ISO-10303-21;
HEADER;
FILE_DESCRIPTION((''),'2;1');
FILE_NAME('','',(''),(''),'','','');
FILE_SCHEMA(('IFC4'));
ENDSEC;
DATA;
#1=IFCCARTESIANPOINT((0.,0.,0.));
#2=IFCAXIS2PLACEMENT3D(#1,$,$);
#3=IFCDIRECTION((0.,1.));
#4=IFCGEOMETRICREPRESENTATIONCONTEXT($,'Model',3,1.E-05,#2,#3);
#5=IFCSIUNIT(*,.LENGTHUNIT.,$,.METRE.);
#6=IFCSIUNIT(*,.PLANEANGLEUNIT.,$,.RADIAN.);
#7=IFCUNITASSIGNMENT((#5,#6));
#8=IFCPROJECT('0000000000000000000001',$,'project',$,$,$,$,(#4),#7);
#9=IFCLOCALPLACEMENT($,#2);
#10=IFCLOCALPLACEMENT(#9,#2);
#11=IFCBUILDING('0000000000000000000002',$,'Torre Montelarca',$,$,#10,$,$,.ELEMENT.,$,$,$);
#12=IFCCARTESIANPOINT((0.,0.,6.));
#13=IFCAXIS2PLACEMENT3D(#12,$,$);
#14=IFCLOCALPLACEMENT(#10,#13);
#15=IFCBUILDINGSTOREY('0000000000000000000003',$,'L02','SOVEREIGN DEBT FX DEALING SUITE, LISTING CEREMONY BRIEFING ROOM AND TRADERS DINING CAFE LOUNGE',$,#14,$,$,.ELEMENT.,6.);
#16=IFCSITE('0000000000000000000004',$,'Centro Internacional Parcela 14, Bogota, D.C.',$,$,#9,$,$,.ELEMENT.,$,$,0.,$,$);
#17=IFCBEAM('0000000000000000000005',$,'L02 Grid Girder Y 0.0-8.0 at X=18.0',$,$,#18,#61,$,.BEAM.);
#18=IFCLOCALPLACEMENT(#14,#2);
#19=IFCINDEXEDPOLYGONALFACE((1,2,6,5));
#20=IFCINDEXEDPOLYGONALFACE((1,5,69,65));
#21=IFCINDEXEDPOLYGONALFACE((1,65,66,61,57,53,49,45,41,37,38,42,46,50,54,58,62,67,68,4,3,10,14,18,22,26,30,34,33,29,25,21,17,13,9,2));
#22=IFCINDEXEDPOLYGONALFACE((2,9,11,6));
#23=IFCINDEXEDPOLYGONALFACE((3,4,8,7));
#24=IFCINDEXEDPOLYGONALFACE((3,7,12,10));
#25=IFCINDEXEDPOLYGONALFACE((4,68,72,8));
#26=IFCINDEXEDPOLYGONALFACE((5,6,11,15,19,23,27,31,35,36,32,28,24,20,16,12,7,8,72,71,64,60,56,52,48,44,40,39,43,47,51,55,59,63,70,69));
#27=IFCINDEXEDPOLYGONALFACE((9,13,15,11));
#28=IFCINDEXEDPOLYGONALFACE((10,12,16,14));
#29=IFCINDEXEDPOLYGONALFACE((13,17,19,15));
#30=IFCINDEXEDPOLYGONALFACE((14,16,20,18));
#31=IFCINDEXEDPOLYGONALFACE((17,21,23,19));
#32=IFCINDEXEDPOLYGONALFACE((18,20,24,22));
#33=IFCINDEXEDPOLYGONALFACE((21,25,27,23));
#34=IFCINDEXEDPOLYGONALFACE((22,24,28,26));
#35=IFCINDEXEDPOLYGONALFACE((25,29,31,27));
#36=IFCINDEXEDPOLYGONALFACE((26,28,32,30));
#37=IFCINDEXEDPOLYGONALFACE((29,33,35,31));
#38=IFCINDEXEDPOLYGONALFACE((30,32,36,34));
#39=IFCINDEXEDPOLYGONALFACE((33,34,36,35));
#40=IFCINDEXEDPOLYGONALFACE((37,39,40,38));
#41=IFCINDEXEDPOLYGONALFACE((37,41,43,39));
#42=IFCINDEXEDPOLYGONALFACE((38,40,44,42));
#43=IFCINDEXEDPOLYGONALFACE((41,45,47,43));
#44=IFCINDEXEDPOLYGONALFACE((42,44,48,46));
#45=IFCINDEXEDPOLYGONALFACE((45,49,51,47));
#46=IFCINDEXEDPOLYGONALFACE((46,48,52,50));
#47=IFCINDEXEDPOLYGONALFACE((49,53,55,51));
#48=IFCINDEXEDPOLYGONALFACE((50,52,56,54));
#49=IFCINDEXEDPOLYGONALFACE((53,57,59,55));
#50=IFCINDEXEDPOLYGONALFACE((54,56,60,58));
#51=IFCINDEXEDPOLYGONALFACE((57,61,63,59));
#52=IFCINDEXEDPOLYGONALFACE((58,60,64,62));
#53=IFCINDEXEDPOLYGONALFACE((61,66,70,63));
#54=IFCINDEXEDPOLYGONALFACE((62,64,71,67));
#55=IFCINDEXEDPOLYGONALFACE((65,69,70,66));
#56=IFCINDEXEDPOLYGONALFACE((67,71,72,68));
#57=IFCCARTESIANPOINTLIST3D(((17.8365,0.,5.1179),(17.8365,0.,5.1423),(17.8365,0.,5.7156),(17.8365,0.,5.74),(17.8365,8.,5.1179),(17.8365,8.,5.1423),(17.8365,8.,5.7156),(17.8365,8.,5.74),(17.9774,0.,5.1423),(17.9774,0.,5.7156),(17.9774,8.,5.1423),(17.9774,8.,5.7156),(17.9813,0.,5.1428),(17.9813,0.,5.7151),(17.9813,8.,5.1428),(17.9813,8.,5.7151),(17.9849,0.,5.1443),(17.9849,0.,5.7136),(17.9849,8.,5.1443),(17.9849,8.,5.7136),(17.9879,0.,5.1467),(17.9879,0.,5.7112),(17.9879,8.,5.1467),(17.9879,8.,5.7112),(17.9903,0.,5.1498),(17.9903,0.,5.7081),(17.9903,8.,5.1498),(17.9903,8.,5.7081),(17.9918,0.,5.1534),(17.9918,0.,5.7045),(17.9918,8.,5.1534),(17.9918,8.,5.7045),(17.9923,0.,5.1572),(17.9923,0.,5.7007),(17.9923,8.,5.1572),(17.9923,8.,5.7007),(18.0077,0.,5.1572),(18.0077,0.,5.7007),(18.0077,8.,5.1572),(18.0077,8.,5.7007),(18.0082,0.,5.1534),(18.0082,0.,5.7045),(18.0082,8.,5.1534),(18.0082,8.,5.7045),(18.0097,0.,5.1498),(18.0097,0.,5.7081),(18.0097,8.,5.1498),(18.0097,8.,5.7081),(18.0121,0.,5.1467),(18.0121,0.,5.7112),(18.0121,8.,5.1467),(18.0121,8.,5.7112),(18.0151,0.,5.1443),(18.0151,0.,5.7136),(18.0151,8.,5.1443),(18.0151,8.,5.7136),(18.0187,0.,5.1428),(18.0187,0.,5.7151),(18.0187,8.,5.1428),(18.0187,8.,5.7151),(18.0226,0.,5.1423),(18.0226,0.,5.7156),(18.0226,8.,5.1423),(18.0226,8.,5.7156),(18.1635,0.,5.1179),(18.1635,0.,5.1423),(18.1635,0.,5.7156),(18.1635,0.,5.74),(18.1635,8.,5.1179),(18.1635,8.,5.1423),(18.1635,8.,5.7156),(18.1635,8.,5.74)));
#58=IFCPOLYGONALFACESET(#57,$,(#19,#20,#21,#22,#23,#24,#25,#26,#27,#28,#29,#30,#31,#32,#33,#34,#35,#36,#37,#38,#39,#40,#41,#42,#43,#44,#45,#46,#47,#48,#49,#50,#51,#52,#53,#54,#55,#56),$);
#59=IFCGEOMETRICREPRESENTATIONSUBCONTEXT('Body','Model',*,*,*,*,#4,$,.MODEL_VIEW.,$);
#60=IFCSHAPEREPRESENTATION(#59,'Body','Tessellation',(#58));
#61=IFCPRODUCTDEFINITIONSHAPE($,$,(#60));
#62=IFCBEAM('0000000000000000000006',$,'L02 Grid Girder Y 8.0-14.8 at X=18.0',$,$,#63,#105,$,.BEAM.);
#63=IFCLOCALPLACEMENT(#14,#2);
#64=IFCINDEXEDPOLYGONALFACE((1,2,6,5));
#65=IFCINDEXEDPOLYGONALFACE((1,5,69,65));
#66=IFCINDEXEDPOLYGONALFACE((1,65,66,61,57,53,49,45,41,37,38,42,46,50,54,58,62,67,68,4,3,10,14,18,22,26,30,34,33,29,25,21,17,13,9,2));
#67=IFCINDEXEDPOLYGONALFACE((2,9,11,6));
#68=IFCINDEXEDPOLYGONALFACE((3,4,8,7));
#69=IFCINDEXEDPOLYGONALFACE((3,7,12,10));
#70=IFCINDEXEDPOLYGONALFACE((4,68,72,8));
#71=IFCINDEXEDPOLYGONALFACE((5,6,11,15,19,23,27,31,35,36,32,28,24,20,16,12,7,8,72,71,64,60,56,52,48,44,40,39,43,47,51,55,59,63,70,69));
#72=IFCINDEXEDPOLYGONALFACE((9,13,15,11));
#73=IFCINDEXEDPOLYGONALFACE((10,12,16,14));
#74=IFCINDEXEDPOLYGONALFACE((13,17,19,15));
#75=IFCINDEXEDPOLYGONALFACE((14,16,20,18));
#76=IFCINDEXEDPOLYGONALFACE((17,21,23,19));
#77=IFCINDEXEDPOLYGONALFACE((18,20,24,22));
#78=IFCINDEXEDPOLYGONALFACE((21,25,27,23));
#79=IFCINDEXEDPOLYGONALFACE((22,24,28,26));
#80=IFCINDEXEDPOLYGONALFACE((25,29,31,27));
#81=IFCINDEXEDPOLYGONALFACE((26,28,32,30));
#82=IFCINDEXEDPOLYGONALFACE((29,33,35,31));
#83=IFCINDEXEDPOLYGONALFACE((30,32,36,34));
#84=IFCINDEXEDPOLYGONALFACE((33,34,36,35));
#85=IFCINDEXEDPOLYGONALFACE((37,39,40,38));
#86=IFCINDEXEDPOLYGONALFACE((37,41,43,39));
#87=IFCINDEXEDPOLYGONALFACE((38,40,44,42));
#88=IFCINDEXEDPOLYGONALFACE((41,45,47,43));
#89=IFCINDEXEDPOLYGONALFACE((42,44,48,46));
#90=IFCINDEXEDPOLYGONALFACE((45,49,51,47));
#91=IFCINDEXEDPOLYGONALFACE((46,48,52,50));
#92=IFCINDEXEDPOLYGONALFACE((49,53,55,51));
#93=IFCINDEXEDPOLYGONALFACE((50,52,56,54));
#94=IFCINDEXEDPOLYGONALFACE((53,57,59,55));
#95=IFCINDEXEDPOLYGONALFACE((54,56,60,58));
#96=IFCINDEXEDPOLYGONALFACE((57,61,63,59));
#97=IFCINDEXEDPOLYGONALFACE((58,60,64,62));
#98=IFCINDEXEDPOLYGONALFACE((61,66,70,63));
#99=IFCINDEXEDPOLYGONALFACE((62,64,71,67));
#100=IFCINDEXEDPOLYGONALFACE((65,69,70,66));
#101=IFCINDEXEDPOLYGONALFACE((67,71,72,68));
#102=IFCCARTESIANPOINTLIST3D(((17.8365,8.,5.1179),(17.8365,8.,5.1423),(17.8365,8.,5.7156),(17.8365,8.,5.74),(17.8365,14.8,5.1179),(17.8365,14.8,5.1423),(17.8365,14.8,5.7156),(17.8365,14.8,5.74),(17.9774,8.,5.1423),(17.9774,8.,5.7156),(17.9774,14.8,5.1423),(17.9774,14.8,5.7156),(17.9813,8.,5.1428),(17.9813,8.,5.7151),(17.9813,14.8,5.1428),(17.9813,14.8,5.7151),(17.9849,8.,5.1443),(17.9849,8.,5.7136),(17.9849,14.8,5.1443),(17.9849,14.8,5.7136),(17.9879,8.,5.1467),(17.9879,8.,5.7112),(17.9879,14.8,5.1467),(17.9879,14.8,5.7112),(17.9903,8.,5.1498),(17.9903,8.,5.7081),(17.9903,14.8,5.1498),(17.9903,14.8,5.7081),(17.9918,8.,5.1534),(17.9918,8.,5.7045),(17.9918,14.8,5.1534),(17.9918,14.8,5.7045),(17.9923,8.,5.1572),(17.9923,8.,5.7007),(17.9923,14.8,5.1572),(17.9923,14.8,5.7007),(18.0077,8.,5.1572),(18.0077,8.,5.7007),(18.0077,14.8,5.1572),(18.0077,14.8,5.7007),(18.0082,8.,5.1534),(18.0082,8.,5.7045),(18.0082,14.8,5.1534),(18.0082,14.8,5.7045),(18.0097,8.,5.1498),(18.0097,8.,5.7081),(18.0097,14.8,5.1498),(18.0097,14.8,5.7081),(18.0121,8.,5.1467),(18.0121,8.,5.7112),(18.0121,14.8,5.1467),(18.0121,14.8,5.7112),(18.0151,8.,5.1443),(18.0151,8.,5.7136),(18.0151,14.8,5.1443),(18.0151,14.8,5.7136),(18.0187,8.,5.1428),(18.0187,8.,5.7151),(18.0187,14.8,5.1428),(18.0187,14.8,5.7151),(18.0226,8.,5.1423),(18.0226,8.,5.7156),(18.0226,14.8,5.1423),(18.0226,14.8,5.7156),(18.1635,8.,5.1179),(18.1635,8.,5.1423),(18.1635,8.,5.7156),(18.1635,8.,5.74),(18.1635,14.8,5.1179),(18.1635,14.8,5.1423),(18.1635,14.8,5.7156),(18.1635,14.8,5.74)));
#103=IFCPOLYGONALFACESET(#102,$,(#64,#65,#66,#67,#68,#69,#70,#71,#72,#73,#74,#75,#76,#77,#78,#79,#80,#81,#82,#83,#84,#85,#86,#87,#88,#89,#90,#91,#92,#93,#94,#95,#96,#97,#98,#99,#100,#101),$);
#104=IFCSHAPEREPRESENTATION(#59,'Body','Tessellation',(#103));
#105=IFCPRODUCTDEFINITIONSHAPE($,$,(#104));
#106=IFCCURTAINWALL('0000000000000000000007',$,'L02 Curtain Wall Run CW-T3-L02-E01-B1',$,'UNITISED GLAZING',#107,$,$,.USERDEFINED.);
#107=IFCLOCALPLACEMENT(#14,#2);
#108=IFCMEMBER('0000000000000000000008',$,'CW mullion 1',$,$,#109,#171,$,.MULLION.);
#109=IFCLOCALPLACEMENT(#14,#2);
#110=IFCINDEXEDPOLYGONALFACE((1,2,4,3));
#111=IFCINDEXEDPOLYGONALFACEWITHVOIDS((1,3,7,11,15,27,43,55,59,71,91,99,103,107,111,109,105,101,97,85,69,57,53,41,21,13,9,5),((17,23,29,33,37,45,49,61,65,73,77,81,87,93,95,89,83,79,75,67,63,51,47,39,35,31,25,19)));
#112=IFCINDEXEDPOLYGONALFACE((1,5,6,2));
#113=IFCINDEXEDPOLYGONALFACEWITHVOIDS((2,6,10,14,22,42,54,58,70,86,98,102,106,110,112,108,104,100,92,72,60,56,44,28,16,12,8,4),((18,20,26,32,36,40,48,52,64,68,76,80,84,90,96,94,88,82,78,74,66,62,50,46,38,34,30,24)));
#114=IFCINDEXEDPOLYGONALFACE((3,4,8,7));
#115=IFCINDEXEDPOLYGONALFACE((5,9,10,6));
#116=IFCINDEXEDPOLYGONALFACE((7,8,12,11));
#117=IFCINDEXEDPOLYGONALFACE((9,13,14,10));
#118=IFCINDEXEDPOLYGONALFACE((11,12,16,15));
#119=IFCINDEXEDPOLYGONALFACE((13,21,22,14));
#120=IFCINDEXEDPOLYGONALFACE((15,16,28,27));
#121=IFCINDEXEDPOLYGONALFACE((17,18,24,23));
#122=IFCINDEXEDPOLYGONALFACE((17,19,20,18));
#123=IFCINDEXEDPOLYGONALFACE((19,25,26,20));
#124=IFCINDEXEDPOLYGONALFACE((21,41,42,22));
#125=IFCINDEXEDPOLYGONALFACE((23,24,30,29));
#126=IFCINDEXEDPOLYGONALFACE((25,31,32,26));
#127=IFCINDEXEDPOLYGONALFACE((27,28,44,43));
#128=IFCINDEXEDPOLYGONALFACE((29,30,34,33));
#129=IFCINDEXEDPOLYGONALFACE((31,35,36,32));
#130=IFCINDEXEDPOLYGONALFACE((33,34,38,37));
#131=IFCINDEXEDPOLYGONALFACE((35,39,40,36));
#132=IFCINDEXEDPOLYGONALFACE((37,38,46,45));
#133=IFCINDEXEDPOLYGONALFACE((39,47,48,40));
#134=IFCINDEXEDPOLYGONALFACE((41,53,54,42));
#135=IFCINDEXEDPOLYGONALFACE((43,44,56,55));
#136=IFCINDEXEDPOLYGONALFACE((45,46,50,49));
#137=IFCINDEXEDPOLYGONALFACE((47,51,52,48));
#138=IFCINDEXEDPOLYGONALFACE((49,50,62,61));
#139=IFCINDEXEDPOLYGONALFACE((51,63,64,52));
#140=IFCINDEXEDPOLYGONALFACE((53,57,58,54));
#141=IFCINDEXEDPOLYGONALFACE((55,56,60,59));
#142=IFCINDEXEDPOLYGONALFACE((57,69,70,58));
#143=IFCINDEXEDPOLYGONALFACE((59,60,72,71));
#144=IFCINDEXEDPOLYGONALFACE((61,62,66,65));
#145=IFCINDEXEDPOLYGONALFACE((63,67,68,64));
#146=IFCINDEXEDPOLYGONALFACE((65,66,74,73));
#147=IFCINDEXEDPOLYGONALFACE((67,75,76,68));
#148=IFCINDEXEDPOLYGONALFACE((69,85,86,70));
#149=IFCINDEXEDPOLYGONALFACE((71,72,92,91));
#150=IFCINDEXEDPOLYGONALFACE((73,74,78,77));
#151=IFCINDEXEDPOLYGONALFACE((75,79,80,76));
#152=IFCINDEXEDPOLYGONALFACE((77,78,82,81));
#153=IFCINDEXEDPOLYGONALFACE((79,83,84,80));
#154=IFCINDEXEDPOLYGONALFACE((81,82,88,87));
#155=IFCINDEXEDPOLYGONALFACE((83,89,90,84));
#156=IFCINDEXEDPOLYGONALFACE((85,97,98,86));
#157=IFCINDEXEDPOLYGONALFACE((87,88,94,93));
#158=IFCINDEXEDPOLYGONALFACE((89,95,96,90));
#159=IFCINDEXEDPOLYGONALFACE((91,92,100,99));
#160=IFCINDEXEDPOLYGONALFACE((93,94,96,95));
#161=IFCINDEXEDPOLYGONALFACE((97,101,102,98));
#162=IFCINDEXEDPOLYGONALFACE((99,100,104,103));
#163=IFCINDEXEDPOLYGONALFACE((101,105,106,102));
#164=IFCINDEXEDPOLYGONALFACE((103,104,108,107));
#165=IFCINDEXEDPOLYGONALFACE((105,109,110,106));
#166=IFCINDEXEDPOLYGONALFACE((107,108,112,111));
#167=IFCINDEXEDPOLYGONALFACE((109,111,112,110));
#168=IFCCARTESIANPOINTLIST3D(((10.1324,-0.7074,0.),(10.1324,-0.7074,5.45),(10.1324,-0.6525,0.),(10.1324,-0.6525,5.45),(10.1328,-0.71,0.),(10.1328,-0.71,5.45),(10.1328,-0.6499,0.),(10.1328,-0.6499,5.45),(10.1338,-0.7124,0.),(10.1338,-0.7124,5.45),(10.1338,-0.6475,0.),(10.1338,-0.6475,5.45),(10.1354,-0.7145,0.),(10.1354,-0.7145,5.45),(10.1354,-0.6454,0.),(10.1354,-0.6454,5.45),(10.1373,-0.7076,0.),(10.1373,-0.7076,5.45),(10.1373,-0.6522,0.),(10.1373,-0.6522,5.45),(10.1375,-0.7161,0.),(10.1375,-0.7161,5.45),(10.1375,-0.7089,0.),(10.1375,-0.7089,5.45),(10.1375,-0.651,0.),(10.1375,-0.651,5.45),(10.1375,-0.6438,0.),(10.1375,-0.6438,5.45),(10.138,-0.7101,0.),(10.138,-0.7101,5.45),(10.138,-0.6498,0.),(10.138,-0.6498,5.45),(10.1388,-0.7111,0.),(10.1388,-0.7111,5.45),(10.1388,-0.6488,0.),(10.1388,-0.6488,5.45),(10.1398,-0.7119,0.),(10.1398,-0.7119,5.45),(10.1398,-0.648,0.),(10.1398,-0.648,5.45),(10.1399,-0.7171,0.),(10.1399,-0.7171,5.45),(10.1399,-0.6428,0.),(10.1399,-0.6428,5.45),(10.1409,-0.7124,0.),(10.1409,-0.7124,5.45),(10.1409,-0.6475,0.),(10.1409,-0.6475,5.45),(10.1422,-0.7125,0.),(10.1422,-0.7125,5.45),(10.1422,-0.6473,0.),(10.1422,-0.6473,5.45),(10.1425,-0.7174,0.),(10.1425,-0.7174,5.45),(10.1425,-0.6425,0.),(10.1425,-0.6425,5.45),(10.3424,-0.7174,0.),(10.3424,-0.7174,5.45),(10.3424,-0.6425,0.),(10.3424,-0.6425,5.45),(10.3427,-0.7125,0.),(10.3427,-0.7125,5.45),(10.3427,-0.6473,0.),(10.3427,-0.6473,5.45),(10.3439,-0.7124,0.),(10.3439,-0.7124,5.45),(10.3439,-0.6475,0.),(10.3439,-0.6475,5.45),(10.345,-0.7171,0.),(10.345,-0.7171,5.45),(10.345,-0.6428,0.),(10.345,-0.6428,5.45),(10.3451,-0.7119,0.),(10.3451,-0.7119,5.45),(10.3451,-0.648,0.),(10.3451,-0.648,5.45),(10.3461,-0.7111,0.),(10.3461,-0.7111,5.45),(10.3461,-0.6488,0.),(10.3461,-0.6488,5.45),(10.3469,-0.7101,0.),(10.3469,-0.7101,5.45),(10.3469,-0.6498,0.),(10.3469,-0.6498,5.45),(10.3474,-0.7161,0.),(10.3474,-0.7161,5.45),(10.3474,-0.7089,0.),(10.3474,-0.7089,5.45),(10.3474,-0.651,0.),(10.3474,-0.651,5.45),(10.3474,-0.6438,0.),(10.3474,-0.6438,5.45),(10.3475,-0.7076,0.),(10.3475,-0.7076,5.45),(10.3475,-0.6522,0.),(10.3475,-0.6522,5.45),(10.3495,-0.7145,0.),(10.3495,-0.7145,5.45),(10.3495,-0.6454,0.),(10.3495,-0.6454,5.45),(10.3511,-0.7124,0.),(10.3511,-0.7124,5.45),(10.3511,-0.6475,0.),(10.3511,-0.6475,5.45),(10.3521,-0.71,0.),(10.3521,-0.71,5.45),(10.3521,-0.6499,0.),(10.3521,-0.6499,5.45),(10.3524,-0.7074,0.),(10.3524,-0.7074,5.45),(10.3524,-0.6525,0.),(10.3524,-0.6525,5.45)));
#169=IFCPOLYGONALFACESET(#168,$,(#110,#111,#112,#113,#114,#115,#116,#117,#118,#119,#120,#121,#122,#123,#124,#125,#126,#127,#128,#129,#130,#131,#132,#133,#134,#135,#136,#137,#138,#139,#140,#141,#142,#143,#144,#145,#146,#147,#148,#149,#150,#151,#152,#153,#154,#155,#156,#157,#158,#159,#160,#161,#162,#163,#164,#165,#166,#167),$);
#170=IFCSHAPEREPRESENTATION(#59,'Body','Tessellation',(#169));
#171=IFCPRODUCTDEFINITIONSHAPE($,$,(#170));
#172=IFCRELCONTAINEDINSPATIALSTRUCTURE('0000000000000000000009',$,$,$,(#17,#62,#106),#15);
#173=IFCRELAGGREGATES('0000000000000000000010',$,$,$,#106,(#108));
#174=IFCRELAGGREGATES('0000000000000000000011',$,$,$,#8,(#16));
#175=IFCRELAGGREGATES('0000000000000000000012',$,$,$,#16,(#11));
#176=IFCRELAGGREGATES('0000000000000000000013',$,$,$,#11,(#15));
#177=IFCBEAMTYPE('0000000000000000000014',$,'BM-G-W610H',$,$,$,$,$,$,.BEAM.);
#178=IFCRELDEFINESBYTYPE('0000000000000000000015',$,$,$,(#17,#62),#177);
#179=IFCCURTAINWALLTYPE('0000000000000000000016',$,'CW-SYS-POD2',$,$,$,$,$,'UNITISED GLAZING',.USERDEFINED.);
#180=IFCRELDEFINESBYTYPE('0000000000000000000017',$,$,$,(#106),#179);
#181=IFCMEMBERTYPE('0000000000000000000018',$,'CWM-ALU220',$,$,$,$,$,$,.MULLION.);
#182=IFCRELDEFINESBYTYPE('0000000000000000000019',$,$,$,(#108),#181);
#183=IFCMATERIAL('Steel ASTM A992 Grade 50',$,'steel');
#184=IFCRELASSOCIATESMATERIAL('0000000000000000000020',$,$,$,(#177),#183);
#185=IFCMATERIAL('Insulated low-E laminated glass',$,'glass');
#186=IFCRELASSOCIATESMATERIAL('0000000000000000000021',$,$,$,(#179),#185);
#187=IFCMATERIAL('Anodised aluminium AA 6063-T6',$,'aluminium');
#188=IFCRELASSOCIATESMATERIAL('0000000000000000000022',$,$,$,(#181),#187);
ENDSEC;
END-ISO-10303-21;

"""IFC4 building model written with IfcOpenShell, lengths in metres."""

from ifc_helpers import new_model, si_unit, direction, frame, origin, origin_2d, place, context, subcontext, project, spatial, hollow_rectangle, i_section, extrude, source, transform, mapped, material, material_profile, profile_set, type_object, element, aggregate, save


model = new_model("IFC4")

# Units and contexts
model_context = context("Model", 3, precision=1e-05, world=origin(), true_north=direction((0.0, 1.0)))
body_context = subcontext(model_context, "Body", "Model", "MODEL_VIEW")
ifc_project = project(units=[si_unit("LENGTHUNIT", "METRE"), si_unit("PLANEANGLEUNIT", "RADIAN")], contexts=[model_context])

# Site, building, storey
site_placement = place(None, origin())
site = spatial("IfcSite", under=ifc_project, at=site_placement, Name="Centro Internacional Parcela 14, Bogota, D.C.", CompositionType="ELEMENT", RefElevation=0.0)
building_placement = place(site_placement, origin())
building = spatial("IfcBuilding", under=site, at=building_placement, Name="Torre Montelarca", CompositionType="ELEMENT")
storey_placement = place(building_placement, frame((0.0, 0.0, 6.0)))
storey = spatial("IfcBuildingStorey", under=building, at=storey_placement, Name="L02", Description="SOVEREIGN DEBT FX DEALING SUITE, LISTING CEREMONY BRIEFING ROOM AND TRADERS DINING CAFE LOUNGE", CompositionType="ELEMENT", Elevation=6.0)

# Beams
ifc_material_1 = material(Name="Steel ASTM A992 Grade 50", Category="steel")
ifc_material_profile_1 = material_profile(ifc_material_1, i_section(OverallWidth=0.3269, OverallDepth=0.6221, WebThickness=0.0154, FlangeThickness=0.0244, FilletRadius=0.0149, at=origin_2d()), Name="W610X195", Category="steel")
ifc_profile_set_1 = profile_set([ifc_material_profile_1], Name="Steel ASTM A992 Grade 50")
beam_type_1 = type_object("IfcBeamType", Name="BM-G-W610H", PredefinedType="BEAM", material=ifc_profile_set_1)
shared_shape_1 = source(origin(), body_context, "Body", "SweptSolid", [
    extrude(i_section(OverallWidth=0.3269, OverallDepth=0.6221, WebThickness=0.0154, FlangeThickness=0.0244, FilletRadius=0.0149, at=origin_2d()), origin(), (0.0, 0.0, 1.0), 8.0),
])
beam_1_placement = place(storey_placement, frame((18.0, 0.0, 5.429), z_axis=(0.0, 1.0, 0.0), x_axis=(-1.0, 0.0, 0.0)))
element("IfcBeam", 1, at=beam_1_placement, inside=storey, type_object=beam_type_1, Name="L02 Grid Girder Y 0.0-8.0 at X=18.0", PredefinedType="BEAM", context=body_context, shape_type="MappedRepresentation", body=[
    mapped(shared_shape_1, transform((0.0, 0.0, 0.0), scale=1.0)),
])
shared_shape_2 = source(origin(), body_context, "Body", "SweptSolid", [
    extrude(i_section(OverallWidth=0.3269, OverallDepth=0.6221, WebThickness=0.0154, FlangeThickness=0.0244, FilletRadius=0.0149, at=origin_2d()), origin(), (0.0, 0.0, 1.0), 6.8),
])
beam_2_placement = place(storey_placement, frame((18.0, 8.0, 5.429), z_axis=(0.0, 1.0, 0.0), x_axis=(-1.0, 0.0, 0.0)))
element("IfcBeam", 2, at=beam_2_placement, inside=storey, type_object=beam_type_1, Name="L02 Grid Girder Y 8.0-14.8 at X=18.0", PredefinedType="BEAM", context=body_context, shape_type="MappedRepresentation", body=[
    mapped(shared_shape_2, transform((0.0, 0.0, 0.0), scale=1.0)),
])

# Curtain wall, member
ifc_material_2 = material(Name="Insulated low-E laminated glass", Category="glass")
curtain_wall_type = type_object("IfcCurtainWallType", Name="CW-SYS-POD2", ElementType="UNITISED GLAZING", PredefinedType="USERDEFINED", material=ifc_material_2)
curtain_wall_1_placement = place(storey_placement, origin())
curtain_wall_1 = element("IfcCurtainWall", 3, at=curtain_wall_1_placement, inside=storey, type_object=curtain_wall_type, Name="L02 Curtain Wall Run CW-T3-L02-E01-B1", ObjectType="UNITISED GLAZING", PredefinedType="USERDEFINED")
ifc_material_3 = material(Name="Anodised aluminium AA 6063-T6", Category="aluminium")
ifc_material_profile_2 = material_profile(ifc_material_3, hollow_rectangle(XDim=0.075, YDim=0.22, WallThickness=0.0049, InnerFilletRadius=0.0049, OuterFilletRadius=0.01, at=origin_2d()), Name="ALU75X220X5", Category="aluminium")
ifc_profile_set_2 = profile_set([ifc_material_profile_2], Name="Anodised aluminium AA 6063-T6")
member_type_1 = type_object("IfcMemberType", Name="CWM-ALU220", PredefinedType="MULLION", material=ifc_profile_set_2)
shared_shape_3 = source(origin(), body_context, "Body", "SweptSolid", [
    extrude(hollow_rectangle(XDim=0.075, YDim=0.22, WallThickness=0.0049, InnerFilletRadius=0.0049, OuterFilletRadius=0.01, at=origin_2d()), origin(), (0.0, 0.0, 1.0), 5.45),
])
member_1_placement = place(storey_placement, frame((10.2424, -0.6799, 0.0), z_axis=(0.0, 0.0, 1.0), x_axis=(0.0, 1.0, 0.0)))
member_1 = element("IfcMember", 4, at=member_1_placement, type_object=member_type_1, Name="CW mullion 1", PredefinedType="MULLION", context=body_context, shape_type="MappedRepresentation", body=[
    mapped(shared_shape_3, transform((0.0, 0.0, 0.0), scale=1.0)),
])

aggregate(curtain_wall_1, [member_1])

save(model, "model.ifc")
